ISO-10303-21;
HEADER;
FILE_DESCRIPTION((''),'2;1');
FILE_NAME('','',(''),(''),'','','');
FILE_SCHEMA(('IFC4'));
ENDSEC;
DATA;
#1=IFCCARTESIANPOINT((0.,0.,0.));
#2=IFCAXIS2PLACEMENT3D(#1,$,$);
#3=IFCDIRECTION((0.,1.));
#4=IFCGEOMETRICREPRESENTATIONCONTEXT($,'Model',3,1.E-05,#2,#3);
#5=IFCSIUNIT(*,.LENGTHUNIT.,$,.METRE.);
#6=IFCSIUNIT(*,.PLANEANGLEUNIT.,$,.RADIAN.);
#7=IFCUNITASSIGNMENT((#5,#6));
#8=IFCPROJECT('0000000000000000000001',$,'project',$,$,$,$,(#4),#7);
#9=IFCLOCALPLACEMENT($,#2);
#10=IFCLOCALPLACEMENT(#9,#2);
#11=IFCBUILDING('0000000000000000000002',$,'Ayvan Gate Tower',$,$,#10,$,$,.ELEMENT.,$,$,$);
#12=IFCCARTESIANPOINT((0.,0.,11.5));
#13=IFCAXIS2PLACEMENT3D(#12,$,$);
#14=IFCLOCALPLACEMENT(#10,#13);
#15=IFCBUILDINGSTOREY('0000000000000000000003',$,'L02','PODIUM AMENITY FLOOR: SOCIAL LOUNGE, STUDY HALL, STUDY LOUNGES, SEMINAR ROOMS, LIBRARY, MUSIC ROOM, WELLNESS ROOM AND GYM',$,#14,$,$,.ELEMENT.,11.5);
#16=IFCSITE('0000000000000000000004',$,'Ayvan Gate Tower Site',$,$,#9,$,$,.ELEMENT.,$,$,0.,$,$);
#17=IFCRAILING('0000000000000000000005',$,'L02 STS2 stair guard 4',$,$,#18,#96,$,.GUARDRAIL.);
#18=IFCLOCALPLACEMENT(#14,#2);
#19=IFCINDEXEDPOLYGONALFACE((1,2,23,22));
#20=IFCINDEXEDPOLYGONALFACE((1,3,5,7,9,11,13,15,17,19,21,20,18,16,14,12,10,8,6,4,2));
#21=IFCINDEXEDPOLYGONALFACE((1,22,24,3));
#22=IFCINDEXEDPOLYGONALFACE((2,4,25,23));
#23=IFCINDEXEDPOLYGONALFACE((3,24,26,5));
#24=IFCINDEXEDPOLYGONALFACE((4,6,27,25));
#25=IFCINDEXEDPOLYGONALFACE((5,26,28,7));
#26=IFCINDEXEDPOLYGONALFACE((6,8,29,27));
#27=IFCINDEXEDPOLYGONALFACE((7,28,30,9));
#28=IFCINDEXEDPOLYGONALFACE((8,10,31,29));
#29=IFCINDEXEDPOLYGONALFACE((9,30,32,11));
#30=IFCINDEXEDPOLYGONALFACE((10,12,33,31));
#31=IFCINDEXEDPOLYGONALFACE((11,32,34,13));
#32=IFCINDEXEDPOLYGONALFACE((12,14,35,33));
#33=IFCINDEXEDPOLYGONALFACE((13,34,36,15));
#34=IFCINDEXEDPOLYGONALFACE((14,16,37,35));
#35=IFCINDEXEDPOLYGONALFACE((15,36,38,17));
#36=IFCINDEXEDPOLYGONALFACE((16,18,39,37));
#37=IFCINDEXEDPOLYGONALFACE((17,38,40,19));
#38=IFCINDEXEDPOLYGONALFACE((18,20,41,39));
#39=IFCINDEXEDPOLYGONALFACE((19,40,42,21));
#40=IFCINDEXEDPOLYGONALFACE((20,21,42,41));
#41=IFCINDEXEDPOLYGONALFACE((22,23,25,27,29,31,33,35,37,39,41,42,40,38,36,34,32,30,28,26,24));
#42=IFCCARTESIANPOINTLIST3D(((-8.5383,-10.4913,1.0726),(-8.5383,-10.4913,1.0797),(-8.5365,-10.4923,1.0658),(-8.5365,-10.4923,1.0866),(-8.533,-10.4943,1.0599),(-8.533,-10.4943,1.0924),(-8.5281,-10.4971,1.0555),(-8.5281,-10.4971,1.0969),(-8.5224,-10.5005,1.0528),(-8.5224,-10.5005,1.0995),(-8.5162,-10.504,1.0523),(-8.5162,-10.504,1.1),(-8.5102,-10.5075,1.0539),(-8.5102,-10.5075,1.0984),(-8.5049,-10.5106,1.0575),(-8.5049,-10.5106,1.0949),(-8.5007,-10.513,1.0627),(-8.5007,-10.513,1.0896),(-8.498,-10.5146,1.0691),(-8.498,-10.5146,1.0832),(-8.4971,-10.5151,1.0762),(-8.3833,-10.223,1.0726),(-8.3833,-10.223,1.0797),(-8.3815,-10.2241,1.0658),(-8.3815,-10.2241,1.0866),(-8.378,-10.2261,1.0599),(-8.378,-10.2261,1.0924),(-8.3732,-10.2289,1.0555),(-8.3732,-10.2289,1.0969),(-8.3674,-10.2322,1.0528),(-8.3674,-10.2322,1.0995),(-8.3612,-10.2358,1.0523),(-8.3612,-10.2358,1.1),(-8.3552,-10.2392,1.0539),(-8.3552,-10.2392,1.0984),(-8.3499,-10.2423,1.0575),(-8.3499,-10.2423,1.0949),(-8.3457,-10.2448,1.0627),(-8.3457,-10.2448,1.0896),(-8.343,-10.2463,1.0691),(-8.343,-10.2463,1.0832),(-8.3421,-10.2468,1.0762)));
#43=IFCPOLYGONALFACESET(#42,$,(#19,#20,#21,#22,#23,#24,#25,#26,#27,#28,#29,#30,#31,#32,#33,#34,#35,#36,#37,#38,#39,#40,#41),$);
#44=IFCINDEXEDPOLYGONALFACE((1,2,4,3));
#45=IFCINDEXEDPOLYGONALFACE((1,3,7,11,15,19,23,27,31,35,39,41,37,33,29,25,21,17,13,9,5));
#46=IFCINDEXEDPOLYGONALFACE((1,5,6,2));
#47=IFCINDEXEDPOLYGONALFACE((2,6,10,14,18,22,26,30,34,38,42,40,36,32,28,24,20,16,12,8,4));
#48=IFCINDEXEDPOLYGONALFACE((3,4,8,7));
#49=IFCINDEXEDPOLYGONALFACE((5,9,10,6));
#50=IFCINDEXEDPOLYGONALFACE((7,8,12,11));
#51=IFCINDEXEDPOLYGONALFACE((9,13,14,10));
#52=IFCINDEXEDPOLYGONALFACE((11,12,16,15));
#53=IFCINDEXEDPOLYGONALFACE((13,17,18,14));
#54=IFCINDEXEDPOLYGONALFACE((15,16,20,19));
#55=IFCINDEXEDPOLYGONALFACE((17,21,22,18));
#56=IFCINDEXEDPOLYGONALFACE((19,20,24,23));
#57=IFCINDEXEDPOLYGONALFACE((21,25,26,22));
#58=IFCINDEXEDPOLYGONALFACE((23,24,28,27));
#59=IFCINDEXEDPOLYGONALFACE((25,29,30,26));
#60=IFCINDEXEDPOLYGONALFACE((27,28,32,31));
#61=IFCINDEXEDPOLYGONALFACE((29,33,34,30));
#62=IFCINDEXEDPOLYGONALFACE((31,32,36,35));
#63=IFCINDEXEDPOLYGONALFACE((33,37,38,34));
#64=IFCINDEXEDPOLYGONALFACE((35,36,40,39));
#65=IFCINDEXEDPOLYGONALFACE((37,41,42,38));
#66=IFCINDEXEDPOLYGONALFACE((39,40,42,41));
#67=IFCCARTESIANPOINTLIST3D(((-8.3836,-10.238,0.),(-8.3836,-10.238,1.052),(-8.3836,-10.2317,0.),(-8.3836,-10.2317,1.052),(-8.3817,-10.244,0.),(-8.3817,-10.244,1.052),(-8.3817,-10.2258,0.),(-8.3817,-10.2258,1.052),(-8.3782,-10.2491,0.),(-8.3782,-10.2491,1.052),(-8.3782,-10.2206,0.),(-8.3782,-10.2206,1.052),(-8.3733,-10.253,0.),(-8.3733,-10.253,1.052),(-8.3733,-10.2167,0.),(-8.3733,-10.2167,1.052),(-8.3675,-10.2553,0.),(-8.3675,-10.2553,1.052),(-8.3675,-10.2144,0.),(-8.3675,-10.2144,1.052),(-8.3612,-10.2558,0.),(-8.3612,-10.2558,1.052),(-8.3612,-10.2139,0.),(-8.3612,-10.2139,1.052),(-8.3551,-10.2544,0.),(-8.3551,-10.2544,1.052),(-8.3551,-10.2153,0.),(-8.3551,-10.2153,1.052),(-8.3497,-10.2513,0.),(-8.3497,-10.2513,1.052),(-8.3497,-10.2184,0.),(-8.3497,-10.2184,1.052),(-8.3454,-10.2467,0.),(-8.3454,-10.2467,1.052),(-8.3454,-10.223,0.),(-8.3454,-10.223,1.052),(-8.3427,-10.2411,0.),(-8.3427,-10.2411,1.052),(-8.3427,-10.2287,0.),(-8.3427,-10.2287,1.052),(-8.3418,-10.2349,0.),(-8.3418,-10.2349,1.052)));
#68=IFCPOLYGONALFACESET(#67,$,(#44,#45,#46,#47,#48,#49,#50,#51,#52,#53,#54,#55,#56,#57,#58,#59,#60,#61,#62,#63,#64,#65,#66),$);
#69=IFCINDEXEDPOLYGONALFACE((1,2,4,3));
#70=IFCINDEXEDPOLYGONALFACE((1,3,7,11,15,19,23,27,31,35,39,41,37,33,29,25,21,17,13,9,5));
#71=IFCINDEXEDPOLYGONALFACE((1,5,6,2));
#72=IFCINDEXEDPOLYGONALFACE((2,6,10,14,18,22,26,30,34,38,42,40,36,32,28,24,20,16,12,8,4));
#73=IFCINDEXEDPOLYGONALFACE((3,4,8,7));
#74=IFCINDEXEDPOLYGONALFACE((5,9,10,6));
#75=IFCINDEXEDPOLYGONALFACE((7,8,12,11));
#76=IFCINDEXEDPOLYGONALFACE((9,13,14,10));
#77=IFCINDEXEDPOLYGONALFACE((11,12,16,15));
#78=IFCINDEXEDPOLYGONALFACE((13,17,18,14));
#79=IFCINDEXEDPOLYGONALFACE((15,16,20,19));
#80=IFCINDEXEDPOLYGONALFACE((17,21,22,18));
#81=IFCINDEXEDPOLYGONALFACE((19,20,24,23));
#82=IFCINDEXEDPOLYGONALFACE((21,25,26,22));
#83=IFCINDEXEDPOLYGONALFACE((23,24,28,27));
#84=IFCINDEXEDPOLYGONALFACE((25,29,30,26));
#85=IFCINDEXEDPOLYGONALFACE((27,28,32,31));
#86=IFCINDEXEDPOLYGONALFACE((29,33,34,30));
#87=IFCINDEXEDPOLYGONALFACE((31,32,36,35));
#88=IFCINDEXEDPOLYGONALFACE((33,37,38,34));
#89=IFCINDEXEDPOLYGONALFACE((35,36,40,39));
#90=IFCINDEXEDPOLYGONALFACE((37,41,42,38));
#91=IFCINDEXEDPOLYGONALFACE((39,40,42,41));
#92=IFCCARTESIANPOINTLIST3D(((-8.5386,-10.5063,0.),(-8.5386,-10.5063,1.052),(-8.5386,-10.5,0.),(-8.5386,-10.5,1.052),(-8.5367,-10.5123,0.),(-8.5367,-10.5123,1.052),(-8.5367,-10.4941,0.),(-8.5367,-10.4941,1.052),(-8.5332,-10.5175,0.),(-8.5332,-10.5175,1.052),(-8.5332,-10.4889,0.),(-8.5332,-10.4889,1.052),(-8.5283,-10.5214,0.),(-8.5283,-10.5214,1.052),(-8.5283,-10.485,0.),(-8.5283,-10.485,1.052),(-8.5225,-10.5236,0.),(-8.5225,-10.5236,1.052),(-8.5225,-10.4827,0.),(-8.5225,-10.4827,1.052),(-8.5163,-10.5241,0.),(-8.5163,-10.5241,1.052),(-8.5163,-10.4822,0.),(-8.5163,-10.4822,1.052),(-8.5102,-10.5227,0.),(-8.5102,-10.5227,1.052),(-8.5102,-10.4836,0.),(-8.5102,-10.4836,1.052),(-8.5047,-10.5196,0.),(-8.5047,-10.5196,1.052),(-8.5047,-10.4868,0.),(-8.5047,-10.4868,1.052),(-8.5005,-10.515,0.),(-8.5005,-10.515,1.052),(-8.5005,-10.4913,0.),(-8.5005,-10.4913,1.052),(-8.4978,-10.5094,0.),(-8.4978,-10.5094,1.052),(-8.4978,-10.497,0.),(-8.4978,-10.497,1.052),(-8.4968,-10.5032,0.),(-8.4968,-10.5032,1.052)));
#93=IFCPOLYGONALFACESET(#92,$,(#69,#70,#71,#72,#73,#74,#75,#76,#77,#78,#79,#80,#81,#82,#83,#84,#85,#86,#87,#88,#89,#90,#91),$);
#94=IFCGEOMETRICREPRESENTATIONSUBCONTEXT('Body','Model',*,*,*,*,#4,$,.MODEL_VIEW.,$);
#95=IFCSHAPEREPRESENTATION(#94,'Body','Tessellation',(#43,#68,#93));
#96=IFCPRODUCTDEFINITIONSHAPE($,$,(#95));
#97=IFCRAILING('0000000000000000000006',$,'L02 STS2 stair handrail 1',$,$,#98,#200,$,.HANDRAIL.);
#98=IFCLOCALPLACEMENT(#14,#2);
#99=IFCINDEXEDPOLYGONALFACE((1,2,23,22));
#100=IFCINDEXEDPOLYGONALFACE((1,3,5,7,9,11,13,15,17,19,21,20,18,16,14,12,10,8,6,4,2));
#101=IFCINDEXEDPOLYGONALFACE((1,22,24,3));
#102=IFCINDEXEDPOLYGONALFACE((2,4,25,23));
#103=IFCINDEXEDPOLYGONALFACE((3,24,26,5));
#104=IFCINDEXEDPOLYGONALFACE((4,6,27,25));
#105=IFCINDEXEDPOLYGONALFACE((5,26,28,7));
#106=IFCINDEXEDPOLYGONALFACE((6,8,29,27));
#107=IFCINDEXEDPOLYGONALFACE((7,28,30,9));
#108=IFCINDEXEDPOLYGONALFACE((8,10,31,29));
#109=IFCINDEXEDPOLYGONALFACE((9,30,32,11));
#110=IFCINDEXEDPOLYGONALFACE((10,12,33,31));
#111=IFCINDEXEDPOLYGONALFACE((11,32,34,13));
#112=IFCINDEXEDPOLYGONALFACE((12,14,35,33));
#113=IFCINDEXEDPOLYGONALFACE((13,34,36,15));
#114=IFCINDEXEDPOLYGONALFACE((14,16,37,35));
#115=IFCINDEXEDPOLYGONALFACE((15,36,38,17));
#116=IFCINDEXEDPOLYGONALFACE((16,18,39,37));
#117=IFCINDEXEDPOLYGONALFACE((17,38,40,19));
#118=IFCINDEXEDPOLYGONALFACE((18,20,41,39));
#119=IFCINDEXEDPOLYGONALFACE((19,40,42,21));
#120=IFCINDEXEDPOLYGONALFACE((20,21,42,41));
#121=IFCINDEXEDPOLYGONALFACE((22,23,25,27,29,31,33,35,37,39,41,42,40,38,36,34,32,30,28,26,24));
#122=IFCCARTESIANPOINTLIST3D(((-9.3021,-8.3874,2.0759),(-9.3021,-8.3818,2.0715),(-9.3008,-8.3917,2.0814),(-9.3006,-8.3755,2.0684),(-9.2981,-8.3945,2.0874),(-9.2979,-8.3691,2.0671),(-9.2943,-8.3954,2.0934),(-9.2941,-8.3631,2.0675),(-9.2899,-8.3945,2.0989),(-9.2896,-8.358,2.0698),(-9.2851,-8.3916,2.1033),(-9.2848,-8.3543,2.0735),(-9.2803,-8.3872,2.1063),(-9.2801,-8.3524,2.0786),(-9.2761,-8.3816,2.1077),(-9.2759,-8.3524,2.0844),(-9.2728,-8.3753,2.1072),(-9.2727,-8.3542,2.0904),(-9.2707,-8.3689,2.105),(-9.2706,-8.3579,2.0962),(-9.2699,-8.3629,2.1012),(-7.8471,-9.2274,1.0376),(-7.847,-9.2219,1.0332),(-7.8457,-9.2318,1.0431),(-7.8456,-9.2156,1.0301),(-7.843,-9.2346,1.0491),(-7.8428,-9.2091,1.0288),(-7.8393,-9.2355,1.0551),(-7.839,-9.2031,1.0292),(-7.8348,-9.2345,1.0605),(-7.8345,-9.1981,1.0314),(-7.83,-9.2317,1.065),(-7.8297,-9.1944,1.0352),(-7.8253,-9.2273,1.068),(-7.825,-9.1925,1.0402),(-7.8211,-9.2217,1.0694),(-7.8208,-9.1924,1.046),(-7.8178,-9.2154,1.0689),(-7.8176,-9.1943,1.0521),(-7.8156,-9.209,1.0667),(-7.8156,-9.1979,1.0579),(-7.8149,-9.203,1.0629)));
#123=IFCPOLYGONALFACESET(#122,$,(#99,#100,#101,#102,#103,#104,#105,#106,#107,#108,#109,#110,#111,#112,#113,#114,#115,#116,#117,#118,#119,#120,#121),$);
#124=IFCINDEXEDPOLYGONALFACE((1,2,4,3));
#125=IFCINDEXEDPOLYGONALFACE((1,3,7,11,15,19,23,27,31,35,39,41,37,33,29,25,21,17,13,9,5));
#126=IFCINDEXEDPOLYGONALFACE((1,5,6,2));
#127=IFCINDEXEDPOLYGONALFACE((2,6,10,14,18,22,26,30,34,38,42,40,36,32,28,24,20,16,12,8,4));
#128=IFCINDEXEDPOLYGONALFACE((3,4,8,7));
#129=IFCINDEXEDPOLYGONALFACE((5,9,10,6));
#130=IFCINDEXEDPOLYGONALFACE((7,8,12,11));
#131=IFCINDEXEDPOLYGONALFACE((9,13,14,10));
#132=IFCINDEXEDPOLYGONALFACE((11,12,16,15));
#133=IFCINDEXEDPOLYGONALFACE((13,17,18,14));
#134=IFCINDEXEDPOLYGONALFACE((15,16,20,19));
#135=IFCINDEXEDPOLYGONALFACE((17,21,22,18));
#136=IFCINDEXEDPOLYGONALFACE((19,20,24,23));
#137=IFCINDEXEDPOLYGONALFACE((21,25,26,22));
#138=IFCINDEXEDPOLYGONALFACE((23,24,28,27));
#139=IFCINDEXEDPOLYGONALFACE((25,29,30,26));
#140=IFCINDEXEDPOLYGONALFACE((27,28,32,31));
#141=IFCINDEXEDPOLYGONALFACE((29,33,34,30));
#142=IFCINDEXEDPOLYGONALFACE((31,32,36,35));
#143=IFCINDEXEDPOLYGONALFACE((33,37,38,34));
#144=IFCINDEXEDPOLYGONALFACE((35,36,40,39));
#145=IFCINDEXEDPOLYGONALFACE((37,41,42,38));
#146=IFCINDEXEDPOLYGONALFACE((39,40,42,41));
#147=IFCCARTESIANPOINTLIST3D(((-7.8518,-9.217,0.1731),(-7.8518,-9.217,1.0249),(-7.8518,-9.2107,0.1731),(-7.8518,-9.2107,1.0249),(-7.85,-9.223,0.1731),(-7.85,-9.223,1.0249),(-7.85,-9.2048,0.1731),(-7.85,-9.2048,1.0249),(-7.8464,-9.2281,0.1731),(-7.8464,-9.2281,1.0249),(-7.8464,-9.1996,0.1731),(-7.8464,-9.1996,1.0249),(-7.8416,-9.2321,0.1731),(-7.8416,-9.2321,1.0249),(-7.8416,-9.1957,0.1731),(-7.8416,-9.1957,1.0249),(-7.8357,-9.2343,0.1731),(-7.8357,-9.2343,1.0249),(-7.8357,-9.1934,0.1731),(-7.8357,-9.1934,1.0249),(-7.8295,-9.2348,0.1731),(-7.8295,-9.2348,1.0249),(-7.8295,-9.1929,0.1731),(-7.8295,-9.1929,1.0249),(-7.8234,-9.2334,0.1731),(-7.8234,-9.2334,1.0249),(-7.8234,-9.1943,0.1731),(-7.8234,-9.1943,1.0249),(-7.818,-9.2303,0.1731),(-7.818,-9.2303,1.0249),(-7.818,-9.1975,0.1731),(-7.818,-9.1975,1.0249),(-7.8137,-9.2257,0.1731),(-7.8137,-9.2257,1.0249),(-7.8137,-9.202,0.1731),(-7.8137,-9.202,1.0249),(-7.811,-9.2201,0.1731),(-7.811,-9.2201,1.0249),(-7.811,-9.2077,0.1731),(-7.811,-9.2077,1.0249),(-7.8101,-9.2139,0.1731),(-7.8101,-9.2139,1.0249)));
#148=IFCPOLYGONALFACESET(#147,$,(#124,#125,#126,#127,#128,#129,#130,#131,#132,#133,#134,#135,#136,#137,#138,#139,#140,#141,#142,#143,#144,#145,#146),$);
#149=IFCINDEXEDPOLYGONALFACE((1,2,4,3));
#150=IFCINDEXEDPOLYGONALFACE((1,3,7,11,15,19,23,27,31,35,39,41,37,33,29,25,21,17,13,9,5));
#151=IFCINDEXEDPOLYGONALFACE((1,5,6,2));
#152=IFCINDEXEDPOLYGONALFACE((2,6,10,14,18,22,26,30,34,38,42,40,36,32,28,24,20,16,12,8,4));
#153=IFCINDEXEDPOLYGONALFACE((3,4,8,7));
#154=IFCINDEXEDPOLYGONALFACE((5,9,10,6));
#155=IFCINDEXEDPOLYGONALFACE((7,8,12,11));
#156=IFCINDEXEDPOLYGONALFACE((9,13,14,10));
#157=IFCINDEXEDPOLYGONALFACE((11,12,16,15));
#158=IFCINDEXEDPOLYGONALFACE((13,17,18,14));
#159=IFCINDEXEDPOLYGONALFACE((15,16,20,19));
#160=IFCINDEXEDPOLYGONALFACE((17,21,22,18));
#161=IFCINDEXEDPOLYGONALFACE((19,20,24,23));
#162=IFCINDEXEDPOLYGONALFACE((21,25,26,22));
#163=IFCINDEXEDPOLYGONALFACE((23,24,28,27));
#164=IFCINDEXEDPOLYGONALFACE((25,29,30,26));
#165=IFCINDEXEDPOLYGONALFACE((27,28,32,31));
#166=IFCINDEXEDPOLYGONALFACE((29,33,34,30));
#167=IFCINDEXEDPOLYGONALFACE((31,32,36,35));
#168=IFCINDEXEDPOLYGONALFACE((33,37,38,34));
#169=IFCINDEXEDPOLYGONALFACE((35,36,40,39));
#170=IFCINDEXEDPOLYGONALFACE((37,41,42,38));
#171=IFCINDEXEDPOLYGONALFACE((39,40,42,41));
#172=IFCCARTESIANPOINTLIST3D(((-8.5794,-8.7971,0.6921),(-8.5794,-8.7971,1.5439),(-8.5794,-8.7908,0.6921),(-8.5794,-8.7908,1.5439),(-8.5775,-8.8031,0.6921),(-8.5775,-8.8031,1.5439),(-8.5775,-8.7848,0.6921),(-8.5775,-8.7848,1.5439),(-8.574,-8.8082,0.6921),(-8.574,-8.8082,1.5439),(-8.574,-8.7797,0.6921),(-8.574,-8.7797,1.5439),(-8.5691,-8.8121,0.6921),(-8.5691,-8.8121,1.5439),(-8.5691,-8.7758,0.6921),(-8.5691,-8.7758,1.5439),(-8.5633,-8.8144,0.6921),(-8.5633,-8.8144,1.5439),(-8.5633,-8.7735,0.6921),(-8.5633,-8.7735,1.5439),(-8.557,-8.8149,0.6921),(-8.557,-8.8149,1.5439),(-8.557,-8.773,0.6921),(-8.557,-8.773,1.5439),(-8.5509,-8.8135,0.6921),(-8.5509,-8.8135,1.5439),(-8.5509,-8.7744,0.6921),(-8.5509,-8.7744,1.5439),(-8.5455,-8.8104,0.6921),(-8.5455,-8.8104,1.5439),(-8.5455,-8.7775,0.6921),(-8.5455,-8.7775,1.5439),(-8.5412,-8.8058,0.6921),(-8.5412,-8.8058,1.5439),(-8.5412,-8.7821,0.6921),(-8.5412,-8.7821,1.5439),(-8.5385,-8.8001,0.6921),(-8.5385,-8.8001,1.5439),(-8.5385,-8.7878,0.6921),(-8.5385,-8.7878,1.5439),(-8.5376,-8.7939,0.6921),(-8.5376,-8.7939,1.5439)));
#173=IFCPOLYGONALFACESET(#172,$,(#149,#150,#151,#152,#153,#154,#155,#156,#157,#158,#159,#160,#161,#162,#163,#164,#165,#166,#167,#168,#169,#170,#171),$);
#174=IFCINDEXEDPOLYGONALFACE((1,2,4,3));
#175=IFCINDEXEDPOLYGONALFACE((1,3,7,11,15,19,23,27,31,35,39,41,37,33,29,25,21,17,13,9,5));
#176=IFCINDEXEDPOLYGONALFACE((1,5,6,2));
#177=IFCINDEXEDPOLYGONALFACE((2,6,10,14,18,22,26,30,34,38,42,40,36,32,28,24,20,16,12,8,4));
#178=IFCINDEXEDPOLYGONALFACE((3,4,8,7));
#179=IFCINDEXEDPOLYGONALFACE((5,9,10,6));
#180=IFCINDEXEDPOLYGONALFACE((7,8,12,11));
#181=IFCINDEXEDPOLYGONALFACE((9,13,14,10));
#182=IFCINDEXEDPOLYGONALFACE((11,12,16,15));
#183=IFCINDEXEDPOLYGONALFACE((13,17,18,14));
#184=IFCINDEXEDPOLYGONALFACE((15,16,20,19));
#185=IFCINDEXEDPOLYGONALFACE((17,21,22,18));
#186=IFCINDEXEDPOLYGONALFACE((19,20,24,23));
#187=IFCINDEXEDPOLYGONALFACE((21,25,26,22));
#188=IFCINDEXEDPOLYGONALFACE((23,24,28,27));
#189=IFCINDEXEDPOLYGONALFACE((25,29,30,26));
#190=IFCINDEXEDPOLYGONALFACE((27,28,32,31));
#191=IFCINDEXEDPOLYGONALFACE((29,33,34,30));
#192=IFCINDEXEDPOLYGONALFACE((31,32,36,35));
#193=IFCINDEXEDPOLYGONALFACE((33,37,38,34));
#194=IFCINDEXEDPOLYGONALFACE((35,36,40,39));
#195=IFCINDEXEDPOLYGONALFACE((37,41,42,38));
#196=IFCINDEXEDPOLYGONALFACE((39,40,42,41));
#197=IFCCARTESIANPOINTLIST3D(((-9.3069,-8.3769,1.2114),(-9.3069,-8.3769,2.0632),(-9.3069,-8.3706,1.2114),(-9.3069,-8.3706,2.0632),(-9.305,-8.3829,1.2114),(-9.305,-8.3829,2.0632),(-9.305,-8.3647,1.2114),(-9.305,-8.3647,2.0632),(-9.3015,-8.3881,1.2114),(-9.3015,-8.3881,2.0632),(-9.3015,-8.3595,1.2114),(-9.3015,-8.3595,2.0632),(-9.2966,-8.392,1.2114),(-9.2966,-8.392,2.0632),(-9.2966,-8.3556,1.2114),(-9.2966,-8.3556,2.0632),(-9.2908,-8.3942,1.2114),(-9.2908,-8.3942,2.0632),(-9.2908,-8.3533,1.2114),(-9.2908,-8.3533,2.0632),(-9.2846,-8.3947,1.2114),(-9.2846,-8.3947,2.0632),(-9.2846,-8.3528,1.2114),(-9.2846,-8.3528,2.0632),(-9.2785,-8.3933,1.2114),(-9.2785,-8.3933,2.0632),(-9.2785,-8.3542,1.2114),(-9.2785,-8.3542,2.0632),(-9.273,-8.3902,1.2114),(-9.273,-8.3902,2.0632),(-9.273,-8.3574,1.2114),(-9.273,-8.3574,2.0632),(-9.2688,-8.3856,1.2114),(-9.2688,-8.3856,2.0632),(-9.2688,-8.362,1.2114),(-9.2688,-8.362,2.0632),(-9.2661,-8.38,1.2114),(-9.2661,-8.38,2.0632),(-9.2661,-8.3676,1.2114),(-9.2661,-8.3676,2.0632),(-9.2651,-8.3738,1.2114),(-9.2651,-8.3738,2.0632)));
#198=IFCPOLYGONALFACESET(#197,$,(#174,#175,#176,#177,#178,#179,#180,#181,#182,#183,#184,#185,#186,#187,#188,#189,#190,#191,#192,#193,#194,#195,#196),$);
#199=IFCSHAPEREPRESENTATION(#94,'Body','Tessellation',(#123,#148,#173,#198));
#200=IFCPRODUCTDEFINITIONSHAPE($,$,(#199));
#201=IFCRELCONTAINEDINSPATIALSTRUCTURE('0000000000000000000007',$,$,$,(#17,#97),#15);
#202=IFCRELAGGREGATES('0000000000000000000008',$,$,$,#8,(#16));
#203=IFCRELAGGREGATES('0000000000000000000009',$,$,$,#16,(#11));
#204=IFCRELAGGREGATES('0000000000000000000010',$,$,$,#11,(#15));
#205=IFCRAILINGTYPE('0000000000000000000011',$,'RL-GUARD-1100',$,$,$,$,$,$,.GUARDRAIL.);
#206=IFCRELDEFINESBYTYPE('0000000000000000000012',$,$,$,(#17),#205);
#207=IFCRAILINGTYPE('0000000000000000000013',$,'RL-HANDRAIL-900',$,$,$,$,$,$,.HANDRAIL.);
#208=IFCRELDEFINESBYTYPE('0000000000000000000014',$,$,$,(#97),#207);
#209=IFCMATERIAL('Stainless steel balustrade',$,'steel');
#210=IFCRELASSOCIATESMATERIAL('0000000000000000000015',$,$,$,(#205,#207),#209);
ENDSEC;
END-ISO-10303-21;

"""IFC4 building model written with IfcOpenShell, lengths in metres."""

from ifc_helpers import new_model, si_unit, direction, frame, origin, origin_2d, place, context, subcontext, project, spatial, circle, extrude, material, type_object, element, save


model = new_model("IFC4")

# Units and contexts
model_context = context("Model", 3, precision=1e-05, world=origin(), true_north=direction((0.0, 1.0)))
body_context = subcontext(model_context, "Body", "Model", "MODEL_VIEW")
ifc_project = project(units=[si_unit("LENGTHUNIT", "METRE"), si_unit("PLANEANGLEUNIT", "RADIAN")], contexts=[model_context])

# Site, building, storey
site_placement = place(None, origin())
site = spatial("IfcSite", under=ifc_project, at=site_placement, Name="Ayvan Gate Tower Site", CompositionType="ELEMENT", RefElevation=0.0)
building_placement = place(site_placement, origin())
building = spatial("IfcBuilding", under=site, at=building_placement, Name="Ayvan Gate Tower", CompositionType="ELEMENT")
storey_placement = place(building_placement, frame((0.0, 0.0, 11.5)))
storey = spatial("IfcBuildingStorey", under=building, at=storey_placement, Name="L02", Description="PODIUM AMENITY FLOOR: SOCIAL LOUNGE, STUDY HALL, STUDY LOUNGES, SEMINAR ROOMS, LIBRARY, MUSIC ROOM, WELLNESS ROOM AND GYM", CompositionType="ELEMENT", Elevation=11.5)

# Railings
ifc_material_1 = material(Name="Stainless steel balustrade", Category="steel")
railing_type_1 = type_object("IfcRailingType", Name="RL-GUARD-1100", PredefinedType="GUARDRAIL", material=ifc_material_1)
railing_1_placement = place(storey_placement, frame((-8.3628, -10.2349, 0.0)))
element("IfcRailing", 1, at=railing_1_placement, inside=storey, type_object=railing_type_1, Name="L02 STS2 stair guard 4", PredefinedType="GUARDRAIL", context=body_context, shape_type="SweptSolid", body=[
    extrude(circle(Radius=0.0239, at=origin_2d()), frame((0.0, 0.0, 1.0762), z_axis=(-0.500291, -0.865857, 0.0), x_axis=(0.865857, -0.500291, 0.0)), (0.0, 0.0, 1.0), 0.3098),
    extrude(circle(Radius=0.021, at=origin_2d()), origin(), (0.0, 0.0, 1.0), 1.052),
    extrude(circle(Radius=0.021, at=origin_2d()), frame((-0.155, -0.2683, 0.0)), (0.0, 0.0, 1.0), 1.052),
])
railing_type_2 = type_object("IfcRailingType", Name="RL-HANDRAIL-900", PredefinedType="HANDRAIL", material=ifc_material_1)
railing_2_placement = place(storey_placement, frame((-7.8311, -9.2139, 0.1731)))
element("IfcRailing", 2, at=railing_2_placement, inside=storey, type_object=railing_type_2, Name="L02 STS2 stair handrail 1", PredefinedType="HANDRAIL", context=body_context, shape_type="SweptSolid", body=[
    extrude(circle(Radius=0.0239, at=origin_2d()), frame((0.0, 0.0, 0.876), z_axis=(-0.736701, 0.425333, 0.525703), x_axis=(-0.499999, -0.866026, 0.0)), (0.0, 0.0, 1.0), 1.9751),
    extrude(circle(Radius=0.021, at=origin_2d()), origin(), (0.0, 0.0, 1.0), 0.8518),
    extrude(circle(Radius=0.021, at=origin_2d()), frame((-0.7275, 0.4199, 0.519)), (0.0, 0.0, 1.0), 0.8518),
    extrude(circle(Radius=0.021, at=origin_2d()), frame((-1.4551, 0.8401, 1.0383)), (0.0, 0.0, 1.0), 0.8518),
])

save(model, "model.ifc")
